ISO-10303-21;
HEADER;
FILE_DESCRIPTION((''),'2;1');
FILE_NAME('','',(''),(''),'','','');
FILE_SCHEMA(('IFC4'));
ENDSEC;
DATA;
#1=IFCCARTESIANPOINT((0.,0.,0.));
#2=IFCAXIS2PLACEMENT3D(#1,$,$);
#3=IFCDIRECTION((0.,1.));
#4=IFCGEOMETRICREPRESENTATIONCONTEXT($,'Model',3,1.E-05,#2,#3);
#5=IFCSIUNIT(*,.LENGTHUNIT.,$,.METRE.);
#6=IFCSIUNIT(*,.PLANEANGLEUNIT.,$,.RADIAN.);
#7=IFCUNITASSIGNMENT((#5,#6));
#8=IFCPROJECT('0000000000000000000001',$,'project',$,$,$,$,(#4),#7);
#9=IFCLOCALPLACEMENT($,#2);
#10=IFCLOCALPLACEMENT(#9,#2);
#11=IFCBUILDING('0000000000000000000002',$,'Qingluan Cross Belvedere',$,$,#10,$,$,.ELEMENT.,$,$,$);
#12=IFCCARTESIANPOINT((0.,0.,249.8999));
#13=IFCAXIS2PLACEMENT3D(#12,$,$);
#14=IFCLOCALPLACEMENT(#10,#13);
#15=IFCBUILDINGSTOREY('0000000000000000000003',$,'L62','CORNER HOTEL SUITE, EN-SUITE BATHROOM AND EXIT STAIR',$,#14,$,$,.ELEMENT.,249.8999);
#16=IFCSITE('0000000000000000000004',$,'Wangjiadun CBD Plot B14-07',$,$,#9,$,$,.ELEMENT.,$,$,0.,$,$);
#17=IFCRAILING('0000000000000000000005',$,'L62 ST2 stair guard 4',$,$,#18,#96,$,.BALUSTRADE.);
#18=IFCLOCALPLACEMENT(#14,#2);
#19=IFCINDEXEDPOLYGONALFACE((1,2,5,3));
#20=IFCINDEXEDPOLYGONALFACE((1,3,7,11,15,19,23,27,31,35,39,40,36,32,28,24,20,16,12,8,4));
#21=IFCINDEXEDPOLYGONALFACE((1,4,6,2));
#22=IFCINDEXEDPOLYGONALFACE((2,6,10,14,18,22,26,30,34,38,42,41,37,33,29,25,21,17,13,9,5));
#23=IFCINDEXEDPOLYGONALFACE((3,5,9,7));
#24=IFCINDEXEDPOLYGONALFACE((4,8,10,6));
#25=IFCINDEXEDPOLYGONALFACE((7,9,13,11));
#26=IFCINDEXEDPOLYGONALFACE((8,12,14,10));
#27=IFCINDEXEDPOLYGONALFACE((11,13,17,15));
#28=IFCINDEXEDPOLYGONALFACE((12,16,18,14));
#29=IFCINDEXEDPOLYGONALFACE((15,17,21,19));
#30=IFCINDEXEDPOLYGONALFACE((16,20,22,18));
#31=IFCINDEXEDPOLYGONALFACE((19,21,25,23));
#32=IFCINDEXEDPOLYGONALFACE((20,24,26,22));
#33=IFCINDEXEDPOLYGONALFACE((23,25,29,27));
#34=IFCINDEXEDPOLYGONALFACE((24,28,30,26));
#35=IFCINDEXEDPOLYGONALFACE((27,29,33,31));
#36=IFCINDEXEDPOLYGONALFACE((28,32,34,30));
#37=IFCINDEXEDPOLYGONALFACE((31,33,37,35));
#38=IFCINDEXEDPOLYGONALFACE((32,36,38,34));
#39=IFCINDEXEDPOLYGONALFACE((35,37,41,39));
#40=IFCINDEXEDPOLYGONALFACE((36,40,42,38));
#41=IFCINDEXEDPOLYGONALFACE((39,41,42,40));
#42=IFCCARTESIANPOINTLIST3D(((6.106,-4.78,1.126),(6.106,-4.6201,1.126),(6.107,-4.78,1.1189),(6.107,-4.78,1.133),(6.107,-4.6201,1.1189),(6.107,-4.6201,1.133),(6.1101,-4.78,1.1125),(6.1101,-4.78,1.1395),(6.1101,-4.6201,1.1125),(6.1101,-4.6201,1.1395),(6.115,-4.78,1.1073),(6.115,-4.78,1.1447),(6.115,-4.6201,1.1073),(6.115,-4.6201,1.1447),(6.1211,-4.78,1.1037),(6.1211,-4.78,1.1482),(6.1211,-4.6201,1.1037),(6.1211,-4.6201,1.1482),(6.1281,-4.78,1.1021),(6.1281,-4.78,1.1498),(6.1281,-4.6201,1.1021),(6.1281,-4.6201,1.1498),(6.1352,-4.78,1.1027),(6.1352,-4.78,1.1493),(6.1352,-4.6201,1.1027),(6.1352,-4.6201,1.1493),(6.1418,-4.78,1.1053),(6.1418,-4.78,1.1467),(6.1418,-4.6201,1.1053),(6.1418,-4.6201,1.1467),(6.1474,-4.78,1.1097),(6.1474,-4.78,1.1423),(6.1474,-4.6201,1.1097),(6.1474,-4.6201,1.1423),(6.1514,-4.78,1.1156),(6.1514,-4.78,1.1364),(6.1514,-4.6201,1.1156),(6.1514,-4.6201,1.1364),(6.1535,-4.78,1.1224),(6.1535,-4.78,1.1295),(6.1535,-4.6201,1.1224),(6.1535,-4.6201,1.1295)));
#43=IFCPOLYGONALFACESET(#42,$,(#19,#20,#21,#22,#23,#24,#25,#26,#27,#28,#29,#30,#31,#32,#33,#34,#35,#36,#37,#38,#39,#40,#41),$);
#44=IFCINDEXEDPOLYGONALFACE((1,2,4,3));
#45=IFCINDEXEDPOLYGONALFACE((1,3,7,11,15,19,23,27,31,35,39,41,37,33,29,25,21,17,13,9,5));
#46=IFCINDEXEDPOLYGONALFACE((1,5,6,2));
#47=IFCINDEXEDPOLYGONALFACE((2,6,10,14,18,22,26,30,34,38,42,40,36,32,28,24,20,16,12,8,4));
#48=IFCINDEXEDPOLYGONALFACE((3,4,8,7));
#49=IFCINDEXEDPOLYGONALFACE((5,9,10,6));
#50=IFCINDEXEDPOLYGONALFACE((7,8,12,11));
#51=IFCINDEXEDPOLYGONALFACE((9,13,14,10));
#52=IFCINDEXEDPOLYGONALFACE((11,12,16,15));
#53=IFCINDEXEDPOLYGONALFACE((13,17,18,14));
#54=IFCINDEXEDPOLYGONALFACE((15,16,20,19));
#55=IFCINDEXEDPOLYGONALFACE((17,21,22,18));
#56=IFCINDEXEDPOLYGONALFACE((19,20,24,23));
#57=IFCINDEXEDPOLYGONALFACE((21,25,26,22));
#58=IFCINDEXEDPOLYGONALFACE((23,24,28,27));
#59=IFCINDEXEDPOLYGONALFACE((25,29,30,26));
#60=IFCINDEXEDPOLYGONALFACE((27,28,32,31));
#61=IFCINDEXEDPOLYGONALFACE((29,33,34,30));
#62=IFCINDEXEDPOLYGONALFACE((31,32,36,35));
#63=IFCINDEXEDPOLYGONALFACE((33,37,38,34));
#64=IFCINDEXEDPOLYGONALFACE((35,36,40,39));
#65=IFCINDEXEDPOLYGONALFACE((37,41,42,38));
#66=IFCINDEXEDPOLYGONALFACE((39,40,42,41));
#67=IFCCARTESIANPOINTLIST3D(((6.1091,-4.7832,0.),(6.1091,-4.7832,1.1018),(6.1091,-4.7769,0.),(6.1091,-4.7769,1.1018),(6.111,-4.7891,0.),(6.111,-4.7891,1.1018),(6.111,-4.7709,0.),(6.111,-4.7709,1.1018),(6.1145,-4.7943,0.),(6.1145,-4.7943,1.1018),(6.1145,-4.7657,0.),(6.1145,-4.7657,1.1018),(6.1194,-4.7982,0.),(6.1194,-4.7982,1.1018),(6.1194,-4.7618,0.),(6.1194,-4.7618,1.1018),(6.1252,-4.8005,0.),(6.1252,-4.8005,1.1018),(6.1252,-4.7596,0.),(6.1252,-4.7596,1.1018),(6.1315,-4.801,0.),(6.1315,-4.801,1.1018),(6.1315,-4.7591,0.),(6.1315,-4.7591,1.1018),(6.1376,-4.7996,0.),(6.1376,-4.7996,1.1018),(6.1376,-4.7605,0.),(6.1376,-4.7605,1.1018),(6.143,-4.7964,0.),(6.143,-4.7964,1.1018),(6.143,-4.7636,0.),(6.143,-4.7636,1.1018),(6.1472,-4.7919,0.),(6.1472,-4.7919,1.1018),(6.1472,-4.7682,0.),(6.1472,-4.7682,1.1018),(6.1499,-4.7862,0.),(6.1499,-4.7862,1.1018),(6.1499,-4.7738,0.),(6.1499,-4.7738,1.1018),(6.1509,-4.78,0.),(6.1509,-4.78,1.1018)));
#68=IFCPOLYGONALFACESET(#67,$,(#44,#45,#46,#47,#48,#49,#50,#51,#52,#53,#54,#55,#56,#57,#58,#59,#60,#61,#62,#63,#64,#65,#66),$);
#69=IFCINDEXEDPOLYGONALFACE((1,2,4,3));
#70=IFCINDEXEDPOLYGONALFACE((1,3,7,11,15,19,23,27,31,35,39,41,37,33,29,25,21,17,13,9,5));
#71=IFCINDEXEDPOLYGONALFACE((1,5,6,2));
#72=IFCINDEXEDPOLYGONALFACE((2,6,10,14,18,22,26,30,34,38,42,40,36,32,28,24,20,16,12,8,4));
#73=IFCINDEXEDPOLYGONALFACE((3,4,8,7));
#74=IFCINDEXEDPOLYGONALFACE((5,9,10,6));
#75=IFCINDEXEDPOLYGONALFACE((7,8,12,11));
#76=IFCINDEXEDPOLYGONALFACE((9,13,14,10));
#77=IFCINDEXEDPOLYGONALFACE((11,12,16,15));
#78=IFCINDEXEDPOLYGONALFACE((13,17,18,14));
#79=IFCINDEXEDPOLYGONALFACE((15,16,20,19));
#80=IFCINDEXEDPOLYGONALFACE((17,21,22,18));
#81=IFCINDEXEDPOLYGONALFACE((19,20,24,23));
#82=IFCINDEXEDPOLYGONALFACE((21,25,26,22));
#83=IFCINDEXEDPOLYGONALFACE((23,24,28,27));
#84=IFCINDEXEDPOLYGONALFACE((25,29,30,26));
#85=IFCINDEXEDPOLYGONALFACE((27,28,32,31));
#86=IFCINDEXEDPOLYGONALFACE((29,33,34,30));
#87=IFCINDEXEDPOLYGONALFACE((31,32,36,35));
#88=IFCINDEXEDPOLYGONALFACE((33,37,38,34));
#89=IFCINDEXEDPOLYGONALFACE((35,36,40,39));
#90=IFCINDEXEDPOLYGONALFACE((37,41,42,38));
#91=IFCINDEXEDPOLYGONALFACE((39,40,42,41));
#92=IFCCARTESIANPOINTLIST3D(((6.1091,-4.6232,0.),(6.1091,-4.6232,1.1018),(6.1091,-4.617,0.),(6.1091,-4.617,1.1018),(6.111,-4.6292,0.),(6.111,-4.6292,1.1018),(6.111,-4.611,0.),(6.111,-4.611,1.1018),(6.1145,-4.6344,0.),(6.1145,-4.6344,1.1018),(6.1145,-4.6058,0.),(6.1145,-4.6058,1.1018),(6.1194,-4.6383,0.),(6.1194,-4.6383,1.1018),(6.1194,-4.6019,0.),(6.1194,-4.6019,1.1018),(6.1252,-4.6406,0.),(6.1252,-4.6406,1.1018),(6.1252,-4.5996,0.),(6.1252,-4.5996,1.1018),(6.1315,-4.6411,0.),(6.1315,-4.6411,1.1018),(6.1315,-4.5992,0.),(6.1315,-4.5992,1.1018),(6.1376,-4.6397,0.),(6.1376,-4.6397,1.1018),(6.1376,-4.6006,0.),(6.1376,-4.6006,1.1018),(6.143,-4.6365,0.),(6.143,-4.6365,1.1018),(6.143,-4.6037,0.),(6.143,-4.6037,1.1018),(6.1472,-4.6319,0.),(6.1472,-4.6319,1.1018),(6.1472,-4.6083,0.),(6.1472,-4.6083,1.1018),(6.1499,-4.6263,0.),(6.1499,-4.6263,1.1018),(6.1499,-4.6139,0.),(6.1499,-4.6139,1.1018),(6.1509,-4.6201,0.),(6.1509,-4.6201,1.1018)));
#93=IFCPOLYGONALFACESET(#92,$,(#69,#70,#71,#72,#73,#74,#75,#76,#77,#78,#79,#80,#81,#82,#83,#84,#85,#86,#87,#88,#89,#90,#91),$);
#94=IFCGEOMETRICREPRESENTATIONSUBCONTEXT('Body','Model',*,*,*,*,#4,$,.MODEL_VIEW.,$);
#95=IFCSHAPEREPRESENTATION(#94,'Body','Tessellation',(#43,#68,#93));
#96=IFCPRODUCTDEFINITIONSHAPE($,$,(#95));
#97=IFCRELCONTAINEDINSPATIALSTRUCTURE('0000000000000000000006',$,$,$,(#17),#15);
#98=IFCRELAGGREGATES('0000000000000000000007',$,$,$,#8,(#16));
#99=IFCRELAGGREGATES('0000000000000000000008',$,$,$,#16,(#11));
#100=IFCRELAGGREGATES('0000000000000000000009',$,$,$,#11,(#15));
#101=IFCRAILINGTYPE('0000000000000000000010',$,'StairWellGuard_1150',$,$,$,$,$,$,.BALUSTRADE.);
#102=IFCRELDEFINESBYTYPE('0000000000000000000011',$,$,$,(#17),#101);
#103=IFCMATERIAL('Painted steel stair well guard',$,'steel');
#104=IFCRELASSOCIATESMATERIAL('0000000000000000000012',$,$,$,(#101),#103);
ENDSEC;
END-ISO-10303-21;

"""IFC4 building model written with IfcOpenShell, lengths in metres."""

from ifc_helpers import new_model, si_unit, direction, frame, origin, origin_2d, place, context, subcontext, project, spatial, circle, extrude, material, type_object, element, save


model = new_model("IFC4")

# Units and contexts
model_context = context("Model", 3, precision=1e-05, world=origin(), true_north=direction((0.0, 1.0)))
body_context = subcontext(model_context, "Body", "Model", "MODEL_VIEW")
ifc_project = project(units=[si_unit("LENGTHUNIT", "METRE"), si_unit("PLANEANGLEUNIT", "RADIAN")], contexts=[model_context])

# Site, building, storey
site_placement = place(None, origin())
site = spatial("IfcSite", under=ifc_project, at=site_placement, Name="Wangjiadun CBD Plot B14-07", CompositionType="ELEMENT", RefElevation=0.0)
building_placement = place(site_placement, origin())
building = spatial("IfcBuilding", under=site, at=building_placement, Name="Qingluan Cross Belvedere", CompositionType="ELEMENT")
storey_placement = place(building_placement, frame((0.0, 0.0, 249.8999)))
storey = spatial("IfcBuildingStorey", under=building, at=storey_placement, Name="L62", Description="CORNER HOTEL SUITE, EN-SUITE BATHROOM AND EXIT STAIR", CompositionType="ELEMENT", Elevation=249.8999)

# Railing
ifc_material_1 = material(Name="Painted steel stair well guard", Category="steel")
railing_type_1 = type_object("IfcRailingType", Name="StairWellGuard_1150", PredefinedType="BALUSTRADE", material=ifc_material_1)
railing_1_placement = place(storey_placement, frame((6.1299, -4.78, 0.0)))
element("IfcRailing", 1, at=railing_1_placement, inside=storey, type_object=railing_type_1, Name="L62 ST2 stair guard 4", PredefinedType="BALUSTRADE", context=body_context, shape_type="SweptSolid", body=[
    extrude(circle(Radius=0.0239, at=origin_2d()), frame((0.0, 0.0, 1.126), z_axis=(0.0, 1.0, 0.0), x_axis=(-1.0, 0.0, 0.0)), (0.0, 0.0, 1.0), 0.1599),
    extrude(circle(Radius=0.021, at=origin_2d()), origin(), (0.0, 0.0, 1.0), 1.1018),
    extrude(circle(Radius=0.021, at=origin_2d()), frame((0.0, 0.1599, 0.0)), (0.0, 0.0, 1.0), 1.1018),
])

save(model, "model.ifc")
